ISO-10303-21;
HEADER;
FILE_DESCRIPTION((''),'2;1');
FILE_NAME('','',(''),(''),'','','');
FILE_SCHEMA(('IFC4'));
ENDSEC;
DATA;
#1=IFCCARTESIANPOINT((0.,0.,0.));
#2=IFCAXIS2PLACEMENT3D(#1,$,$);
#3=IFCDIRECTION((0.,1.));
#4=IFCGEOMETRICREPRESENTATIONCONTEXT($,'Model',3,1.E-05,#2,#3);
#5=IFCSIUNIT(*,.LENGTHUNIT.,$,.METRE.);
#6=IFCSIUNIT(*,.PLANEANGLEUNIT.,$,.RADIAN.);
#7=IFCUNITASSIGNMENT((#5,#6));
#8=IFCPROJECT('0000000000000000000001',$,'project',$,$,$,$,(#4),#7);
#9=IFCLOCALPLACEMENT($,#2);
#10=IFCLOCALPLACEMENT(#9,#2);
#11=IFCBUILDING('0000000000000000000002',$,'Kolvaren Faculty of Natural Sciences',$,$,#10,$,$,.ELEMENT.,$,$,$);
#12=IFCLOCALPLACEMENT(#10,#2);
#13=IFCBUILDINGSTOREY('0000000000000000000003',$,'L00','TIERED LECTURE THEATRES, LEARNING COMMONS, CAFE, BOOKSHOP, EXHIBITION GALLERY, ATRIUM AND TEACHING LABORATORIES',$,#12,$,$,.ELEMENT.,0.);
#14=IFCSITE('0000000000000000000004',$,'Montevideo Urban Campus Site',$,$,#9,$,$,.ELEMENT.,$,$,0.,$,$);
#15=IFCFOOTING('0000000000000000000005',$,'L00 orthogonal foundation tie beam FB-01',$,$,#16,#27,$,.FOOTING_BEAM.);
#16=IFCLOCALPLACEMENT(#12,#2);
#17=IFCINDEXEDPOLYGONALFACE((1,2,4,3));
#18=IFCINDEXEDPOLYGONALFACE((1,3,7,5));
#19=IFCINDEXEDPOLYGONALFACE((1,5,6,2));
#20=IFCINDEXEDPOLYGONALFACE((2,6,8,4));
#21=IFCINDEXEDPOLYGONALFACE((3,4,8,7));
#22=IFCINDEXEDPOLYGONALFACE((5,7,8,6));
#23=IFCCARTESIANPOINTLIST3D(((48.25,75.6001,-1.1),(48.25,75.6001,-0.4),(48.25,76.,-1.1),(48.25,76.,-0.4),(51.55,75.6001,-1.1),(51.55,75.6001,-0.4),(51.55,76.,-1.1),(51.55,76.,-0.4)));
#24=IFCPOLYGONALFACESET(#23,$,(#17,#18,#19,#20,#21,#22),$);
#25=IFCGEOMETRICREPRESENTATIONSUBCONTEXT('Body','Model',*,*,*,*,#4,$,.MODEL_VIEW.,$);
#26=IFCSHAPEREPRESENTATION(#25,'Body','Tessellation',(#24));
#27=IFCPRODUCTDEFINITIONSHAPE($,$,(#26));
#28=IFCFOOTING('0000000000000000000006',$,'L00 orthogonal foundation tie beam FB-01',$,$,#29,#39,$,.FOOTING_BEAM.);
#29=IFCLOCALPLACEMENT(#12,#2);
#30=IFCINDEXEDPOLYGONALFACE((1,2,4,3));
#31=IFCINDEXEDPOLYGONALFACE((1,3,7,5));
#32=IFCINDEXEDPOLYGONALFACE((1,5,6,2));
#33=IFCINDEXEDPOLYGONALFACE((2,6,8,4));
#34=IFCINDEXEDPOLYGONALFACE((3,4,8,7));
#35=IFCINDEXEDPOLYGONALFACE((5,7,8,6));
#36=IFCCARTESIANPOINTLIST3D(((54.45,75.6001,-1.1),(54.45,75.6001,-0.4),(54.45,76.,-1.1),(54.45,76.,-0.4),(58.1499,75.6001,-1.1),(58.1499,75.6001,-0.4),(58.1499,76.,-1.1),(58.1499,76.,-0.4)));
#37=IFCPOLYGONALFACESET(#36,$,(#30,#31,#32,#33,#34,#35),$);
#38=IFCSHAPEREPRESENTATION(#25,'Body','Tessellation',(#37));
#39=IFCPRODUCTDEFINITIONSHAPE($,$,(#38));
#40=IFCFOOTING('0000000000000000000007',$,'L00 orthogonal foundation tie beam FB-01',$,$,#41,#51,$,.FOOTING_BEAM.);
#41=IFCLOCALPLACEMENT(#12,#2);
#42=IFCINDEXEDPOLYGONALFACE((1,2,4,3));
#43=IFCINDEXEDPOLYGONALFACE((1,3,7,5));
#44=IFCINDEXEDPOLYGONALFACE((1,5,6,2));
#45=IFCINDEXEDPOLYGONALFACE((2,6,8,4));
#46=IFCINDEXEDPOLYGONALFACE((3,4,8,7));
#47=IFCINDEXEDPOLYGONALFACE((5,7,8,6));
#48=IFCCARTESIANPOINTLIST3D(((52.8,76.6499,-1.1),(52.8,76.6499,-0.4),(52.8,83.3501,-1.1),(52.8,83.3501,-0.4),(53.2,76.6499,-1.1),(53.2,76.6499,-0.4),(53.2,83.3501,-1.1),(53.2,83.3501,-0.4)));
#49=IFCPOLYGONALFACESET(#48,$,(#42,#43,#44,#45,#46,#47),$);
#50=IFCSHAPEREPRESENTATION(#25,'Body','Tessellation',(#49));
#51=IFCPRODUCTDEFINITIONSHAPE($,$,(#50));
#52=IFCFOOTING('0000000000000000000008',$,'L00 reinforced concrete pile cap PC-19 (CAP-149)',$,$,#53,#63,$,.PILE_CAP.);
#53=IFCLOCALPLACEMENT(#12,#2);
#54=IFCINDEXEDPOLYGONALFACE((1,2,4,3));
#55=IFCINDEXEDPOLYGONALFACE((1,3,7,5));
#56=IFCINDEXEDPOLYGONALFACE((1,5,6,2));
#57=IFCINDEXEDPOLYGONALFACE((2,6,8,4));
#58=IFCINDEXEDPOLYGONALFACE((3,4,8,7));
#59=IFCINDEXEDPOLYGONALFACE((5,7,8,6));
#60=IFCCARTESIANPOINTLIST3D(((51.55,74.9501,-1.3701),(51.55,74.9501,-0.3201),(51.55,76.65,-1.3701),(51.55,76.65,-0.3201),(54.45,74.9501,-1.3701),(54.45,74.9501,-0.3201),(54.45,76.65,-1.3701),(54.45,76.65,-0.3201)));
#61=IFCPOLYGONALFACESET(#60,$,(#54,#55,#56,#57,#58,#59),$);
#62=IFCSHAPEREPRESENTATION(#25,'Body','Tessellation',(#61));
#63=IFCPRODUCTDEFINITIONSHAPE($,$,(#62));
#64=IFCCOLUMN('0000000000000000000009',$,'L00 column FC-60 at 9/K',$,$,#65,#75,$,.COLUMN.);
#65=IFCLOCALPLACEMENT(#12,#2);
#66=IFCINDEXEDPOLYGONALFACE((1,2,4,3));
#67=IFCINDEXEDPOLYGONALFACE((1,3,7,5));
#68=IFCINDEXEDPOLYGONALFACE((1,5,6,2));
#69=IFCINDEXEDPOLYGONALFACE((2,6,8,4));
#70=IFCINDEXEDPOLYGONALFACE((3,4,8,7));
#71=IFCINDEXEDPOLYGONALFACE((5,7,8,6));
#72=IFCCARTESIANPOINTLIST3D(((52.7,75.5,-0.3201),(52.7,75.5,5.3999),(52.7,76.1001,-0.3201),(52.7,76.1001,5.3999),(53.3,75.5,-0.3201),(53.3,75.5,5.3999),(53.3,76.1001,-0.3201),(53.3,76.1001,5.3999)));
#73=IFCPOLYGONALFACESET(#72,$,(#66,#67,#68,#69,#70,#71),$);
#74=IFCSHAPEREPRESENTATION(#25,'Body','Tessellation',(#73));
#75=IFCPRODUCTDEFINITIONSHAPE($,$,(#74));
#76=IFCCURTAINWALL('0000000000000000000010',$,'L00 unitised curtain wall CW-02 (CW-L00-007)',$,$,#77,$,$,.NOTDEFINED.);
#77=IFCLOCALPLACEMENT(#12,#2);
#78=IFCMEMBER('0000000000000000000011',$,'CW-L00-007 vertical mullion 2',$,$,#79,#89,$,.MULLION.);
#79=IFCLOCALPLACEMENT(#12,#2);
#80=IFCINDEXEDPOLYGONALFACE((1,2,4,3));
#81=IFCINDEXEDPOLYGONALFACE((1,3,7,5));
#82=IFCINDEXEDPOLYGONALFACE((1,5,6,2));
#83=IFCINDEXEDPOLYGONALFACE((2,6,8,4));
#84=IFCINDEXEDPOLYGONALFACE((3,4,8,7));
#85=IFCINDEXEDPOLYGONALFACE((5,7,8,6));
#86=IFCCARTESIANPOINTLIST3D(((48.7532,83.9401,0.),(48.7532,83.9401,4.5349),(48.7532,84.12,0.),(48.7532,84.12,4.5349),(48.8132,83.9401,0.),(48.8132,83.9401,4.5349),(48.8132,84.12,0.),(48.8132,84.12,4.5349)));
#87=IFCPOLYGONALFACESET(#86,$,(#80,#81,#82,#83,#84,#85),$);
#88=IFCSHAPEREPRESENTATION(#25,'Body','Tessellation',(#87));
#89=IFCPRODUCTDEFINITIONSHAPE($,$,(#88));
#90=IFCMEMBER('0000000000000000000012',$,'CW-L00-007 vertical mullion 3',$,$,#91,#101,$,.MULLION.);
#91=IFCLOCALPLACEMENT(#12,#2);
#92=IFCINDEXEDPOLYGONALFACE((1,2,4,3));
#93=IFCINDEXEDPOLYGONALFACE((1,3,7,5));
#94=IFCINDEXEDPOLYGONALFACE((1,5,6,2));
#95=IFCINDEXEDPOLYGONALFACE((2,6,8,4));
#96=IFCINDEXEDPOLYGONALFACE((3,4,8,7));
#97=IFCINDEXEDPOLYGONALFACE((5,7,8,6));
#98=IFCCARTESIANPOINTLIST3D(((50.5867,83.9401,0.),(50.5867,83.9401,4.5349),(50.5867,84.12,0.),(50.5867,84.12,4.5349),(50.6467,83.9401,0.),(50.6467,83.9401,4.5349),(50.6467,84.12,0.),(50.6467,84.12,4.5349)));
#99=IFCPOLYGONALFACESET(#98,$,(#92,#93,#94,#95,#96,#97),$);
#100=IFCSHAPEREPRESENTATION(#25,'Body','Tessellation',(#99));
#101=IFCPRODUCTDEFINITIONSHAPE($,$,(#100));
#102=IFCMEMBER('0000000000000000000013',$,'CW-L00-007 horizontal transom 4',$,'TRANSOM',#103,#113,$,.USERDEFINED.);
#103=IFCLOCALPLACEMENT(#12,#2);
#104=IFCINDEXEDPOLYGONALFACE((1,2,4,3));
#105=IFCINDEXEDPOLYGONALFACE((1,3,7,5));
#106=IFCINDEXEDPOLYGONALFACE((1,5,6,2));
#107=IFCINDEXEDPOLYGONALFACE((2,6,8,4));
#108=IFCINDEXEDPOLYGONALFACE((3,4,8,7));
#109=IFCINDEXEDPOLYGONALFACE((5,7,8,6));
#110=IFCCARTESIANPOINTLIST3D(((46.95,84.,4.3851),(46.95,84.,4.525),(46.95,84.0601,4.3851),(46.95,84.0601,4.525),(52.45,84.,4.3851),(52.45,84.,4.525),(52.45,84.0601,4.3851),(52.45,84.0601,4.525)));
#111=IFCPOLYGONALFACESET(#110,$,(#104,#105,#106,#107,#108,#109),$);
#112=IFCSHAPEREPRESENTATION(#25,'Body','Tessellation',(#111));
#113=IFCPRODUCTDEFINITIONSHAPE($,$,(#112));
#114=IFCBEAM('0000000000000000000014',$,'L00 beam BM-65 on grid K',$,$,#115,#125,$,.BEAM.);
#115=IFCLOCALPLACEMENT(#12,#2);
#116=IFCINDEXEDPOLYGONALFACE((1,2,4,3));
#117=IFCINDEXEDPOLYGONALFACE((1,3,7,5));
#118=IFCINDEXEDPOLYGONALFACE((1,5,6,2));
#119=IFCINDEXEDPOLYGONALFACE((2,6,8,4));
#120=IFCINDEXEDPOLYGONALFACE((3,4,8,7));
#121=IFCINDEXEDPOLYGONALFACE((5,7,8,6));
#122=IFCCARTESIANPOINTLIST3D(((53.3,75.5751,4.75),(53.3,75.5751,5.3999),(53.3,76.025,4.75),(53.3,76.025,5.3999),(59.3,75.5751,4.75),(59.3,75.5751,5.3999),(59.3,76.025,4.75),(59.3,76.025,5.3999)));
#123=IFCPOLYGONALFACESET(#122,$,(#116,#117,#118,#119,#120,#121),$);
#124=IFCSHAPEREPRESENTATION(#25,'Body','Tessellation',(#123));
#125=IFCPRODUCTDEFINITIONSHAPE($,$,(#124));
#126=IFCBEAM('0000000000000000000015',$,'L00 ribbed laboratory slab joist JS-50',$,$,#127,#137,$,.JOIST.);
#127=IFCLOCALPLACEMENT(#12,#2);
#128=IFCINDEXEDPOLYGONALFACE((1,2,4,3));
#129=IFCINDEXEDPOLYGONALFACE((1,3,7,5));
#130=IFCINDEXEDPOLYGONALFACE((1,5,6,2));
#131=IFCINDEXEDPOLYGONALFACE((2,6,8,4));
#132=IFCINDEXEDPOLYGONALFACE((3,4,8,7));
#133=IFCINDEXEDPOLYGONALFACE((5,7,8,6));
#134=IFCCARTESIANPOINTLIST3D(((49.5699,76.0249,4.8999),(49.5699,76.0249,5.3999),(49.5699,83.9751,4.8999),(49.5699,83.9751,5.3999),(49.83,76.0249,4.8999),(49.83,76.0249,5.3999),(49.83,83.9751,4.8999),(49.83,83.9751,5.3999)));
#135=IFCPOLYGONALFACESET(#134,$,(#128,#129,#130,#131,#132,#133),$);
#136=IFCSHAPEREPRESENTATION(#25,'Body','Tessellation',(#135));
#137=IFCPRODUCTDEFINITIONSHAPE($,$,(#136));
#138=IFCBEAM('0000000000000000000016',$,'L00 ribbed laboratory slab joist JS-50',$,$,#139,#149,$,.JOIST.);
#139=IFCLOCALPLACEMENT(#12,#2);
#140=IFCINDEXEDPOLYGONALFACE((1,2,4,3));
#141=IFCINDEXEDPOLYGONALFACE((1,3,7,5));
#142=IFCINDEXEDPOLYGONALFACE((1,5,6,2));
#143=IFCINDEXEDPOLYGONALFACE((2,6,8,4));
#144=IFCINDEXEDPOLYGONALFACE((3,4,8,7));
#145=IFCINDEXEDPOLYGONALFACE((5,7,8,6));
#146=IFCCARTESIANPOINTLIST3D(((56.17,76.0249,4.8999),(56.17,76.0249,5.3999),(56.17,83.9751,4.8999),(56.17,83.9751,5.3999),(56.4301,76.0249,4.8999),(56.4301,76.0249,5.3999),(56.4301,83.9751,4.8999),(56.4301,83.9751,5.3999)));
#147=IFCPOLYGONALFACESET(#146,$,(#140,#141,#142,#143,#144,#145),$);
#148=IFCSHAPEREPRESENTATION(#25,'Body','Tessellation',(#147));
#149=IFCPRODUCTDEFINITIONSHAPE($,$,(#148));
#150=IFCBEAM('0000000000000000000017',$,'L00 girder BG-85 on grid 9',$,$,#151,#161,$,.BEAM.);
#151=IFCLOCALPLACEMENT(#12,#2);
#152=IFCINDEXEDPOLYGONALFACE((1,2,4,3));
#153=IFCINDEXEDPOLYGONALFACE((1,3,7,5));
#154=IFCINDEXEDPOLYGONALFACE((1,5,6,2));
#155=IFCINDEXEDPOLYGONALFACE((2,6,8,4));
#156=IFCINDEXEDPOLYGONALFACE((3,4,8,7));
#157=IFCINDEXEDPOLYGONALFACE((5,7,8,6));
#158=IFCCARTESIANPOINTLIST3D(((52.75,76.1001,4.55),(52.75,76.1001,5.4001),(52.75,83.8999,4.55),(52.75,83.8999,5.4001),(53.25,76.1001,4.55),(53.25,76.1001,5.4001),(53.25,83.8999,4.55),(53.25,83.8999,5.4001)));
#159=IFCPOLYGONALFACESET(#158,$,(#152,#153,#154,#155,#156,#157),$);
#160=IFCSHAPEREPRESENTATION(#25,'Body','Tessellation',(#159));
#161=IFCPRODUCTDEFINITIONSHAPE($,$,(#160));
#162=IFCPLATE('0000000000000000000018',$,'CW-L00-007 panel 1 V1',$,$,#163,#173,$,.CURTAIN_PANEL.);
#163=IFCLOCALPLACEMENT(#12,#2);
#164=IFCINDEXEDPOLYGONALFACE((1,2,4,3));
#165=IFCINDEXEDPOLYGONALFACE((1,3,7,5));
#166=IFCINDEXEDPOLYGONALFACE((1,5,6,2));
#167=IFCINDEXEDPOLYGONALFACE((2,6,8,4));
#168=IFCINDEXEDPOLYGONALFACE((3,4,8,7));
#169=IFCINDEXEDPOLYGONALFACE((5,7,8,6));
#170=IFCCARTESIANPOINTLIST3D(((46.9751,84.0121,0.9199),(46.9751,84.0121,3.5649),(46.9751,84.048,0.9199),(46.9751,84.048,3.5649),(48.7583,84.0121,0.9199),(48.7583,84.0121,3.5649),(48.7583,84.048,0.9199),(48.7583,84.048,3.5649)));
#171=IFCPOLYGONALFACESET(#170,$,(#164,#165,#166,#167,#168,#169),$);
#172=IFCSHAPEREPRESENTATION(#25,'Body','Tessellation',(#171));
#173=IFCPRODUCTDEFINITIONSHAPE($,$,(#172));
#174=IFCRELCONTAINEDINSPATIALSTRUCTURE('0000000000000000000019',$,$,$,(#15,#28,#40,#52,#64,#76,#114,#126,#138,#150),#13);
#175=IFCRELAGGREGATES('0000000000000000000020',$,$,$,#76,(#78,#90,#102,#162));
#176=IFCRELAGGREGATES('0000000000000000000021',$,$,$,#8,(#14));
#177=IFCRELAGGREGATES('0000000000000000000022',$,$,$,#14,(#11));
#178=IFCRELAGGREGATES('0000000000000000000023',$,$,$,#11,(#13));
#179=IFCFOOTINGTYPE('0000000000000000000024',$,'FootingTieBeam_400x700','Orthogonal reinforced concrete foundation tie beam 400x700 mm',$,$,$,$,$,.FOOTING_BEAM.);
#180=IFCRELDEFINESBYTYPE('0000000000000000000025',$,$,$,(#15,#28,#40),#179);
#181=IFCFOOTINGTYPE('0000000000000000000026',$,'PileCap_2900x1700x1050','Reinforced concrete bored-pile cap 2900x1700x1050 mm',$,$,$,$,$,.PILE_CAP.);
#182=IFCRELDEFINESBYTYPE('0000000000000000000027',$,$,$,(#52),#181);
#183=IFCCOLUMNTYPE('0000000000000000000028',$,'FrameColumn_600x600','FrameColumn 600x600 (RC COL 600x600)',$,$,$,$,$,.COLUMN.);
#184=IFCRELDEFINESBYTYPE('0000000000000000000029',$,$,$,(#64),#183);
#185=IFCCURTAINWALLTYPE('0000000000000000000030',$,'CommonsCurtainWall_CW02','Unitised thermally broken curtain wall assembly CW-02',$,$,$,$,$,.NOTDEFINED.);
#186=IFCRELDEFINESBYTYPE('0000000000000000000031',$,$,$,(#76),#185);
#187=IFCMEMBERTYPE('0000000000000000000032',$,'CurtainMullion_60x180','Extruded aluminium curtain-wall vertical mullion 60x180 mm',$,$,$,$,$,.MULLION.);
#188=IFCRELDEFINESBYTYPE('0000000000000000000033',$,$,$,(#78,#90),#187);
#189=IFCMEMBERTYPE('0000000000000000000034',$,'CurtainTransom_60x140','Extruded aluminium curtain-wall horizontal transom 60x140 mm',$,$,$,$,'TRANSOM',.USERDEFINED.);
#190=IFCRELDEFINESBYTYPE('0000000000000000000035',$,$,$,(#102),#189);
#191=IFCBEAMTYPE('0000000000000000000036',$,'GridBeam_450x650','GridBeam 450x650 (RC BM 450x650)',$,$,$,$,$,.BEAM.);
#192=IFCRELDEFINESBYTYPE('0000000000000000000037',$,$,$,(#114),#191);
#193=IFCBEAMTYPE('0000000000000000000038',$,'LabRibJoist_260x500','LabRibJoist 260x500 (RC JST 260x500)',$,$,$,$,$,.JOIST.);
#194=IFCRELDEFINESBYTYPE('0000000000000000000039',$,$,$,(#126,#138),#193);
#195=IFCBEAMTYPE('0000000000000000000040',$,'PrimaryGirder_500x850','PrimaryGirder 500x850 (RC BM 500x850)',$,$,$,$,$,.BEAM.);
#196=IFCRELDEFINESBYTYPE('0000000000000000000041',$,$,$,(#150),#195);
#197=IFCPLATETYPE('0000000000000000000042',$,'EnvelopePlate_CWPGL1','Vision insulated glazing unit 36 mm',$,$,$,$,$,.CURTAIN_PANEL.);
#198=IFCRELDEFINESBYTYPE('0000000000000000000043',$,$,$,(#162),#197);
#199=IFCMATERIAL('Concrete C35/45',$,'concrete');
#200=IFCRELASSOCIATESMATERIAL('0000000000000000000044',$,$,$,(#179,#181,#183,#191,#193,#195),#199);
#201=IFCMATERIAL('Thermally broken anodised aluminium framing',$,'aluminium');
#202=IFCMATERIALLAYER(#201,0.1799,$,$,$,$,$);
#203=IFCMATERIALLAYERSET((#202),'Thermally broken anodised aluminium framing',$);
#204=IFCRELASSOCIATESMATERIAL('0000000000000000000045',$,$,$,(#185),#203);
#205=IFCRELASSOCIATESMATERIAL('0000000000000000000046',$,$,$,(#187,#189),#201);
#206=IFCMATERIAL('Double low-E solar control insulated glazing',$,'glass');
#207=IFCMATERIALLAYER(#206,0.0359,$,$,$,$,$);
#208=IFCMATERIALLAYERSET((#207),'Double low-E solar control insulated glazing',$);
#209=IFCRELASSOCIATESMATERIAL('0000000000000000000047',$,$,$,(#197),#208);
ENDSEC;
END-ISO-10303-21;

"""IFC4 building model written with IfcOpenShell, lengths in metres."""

from ifc_helpers import new_model, si_unit, direction, frame, origin, origin_2d, place, context, subcontext, project, spatial, rectangle, extrude, material, layer, layer_set, material_profile, profile_set, type_object, element, aggregate, save


model = new_model("IFC4")

# Units and contexts
model_context = context("Model", 3, precision=1e-05, world=origin(), true_north=direction((0.0, 1.0)))
body_context = subcontext(model_context, "Body", "Model", "MODEL_VIEW")
ifc_project = project(units=[si_unit("LENGTHUNIT", "METRE"), si_unit("PLANEANGLEUNIT", "RADIAN")], contexts=[model_context])

# Site, building, storey
site_placement = place(None, origin())
site = spatial("IfcSite", under=ifc_project, at=site_placement, Name="Montevideo Urban Campus Site", CompositionType="ELEMENT", RefElevation=0.0)
building_placement = place(site_placement, origin())
building = spatial("IfcBuilding", under=site, at=building_placement, Name="Kolvaren Faculty of Natural Sciences", CompositionType="ELEMENT")
storey_placement = place(building_placement, origin())
storey = spatial("IfcBuildingStorey", under=building, at=storey_placement, Name="L00", Description="TIERED LECTURE THEATRES, LEARNING COMMONS, CAFE, BOOKSHOP, EXHIBITION GALLERY, ATRIUM AND TEACHING LABORATORIES", CompositionType="ELEMENT", Elevation=0.0)

# Shared definitions
ifc_material_1 = material(Name="Concrete C35/45", Category="concrete")

# Footings
ifc_material_profile_1 = material_profile(ifc_material_1, rectangle(XDim=0.3999, YDim=0.7, at=origin_2d()), Name="RC FB 400x700")
ifc_profile_set_1 = profile_set([ifc_material_profile_1], Name="Concrete C35/45")
footing_type_1 = type_object("IfcFootingType", Name="FootingTieBeam_400x700", Description="Orthogonal reinforced concrete foundation tie beam 400x700 mm", PredefinedType="FOOTING_BEAM", material=ifc_profile_set_1)
footing_1_placement = place(storey_placement, frame((48.25, 75.8, -0.75), z_axis=(1.0, 0.0, 0.0), x_axis=(0.0, 1.0, 0.0)))
element("IfcFooting", 1, at=footing_1_placement, inside=storey, type_object=footing_type_1, Name="L00 orthogonal foundation tie beam FB-01", PredefinedType="FOOTING_BEAM", context=body_context, shape_type="SweptSolid", body=[
    extrude(rectangle(XDim=0.3999, YDim=0.7, at=origin_2d()), origin(), (0.0, 0.0, 1.0), 3.3),
])
footing_2_placement = place(storey_placement, frame((54.45, 75.8, -0.75), z_axis=(1.0, 0.0, 0.0), x_axis=(0.0, 1.0, 0.0)))
element("IfcFooting", 2, at=footing_2_placement, inside=storey, type_object=footing_type_1, Name="L00 orthogonal foundation tie beam FB-01", PredefinedType="FOOTING_BEAM", context=body_context, shape_type="SweptSolid", body=[
    extrude(rectangle(XDim=0.3999, YDim=0.7, at=origin_2d()), origin(), (0.0, 0.0, 1.0), 3.7),
])
footing_3_placement = place(storey_placement, frame((53.0, 76.6499, -0.75), z_axis=(0.0, 1.0, 0.0), x_axis=(-1.0, 0.0, 0.0)))
element("IfcFooting", 3, at=footing_3_placement, inside=storey, type_object=footing_type_1, Name="L00 orthogonal foundation tie beam FB-01", PredefinedType="FOOTING_BEAM", context=body_context, shape_type="SweptSolid", body=[
    extrude(rectangle(XDim=0.3999, YDim=0.7, at=origin_2d()), origin(), (0.0, 0.0, 1.0), 6.7002),
])
footing_type_2 = type_object("IfcFootingType", Name="PileCap_2900x1700x1050", Description="Reinforced concrete bored-pile cap 2900x1700x1050 mm", PredefinedType="PILE_CAP", material=ifc_material_1)
footing_4_placement = place(storey_placement, frame((53.0, 75.8, -1.3701), z_axis=(0.0, 0.0, 1.0), x_axis=(1.0, 0.0, 0.0)))
element("IfcFooting", 4, at=footing_4_placement, inside=storey, type_object=footing_type_2, Name="L00 reinforced concrete pile cap PC-19 (CAP-149)", PredefinedType="PILE_CAP", context=body_context, shape_type="SweptSolid", body=[
    extrude(rectangle(XDim=2.8999, YDim=1.7, at=origin_2d()), origin(), (0.0, 0.0, 1.0), 1.05),
])

# Column
ifc_material_profile_2 = material_profile(ifc_material_1, rectangle(XDim=0.6001, YDim=0.6001, at=origin_2d()), Name="RC COL 600x600")
ifc_profile_set_2 = profile_set([ifc_material_profile_2], Name="Concrete C35/45")
column_type = type_object("IfcColumnType", Name="FrameColumn_600x600", Description="FrameColumn 600x600 (RC COL 600x600)", PredefinedType="COLUMN", material=ifc_profile_set_2)
column_placement = place(storey_placement, frame((53.0, 75.8, -0.3201), z_axis=(0.0, 0.0, 1.0), x_axis=(1.0, 0.0, 0.0)))
element("IfcColumn", 5, at=column_placement, inside=storey, type_object=column_type, Name="L00 column FC-60 at 9/K", PredefinedType="COLUMN", context=body_context, shape_type="SweptSolid", body=[
    extrude(rectangle(XDim=0.6001, YDim=0.6001, at=origin_2d()), origin(), (0.0, 0.0, 1.0), 5.72),
])

# Curtain wall, members
ifc_material_2 = material(Name="Thermally broken anodised aluminium framing", Category="aluminium")
ifc_layer_1 = layer(ifc_material_2, 0.1799)
ifc_layer_set_1 = layer_set([ifc_layer_1], Name="Thermally broken anodised aluminium framing")
curtain_wall_type = type_object("IfcCurtainWallType", Name="CommonsCurtainWall_CW02", Description="Unitised thermally broken curtain wall assembly CW-02", PredefinedType="NOTDEFINED", material=ifc_layer_set_1)
curtain_wall_placement = place(storey_placement, origin())
curtain_wall = element("IfcCurtainWall", 6, at=curtain_wall_placement, inside=storey, type_object=curtain_wall_type, Name="L00 unitised curtain wall CW-02 (CW-L00-007)", PredefinedType="NOTDEFINED")
ifc_material_profile_3 = material_profile(ifc_material_2, rectangle(XDim=0.0601, YDim=0.1799, at=origin_2d()), Name="ALU MUL 60x180")
ifc_profile_set_3 = profile_set([ifc_material_profile_3], Name="Thermally broken anodised aluminium framing")
member_type_1 = type_object("IfcMemberType", Name="CurtainMullion_60x180", Description="Extruded aluminium curtain-wall vertical mullion 60x180 mm", PredefinedType="MULLION", material=ifc_profile_set_3)
member_1_placement = place(storey_placement, frame((48.7832, 84.03, 0.0), z_axis=(0.0, 0.0, 1.0), x_axis=(1.0, 0.0, 0.0)))
member_1 = element("IfcMember", 7, at=member_1_placement, type_object=member_type_1, Name="CW-L00-007 vertical mullion 2", PredefinedType="MULLION", context=body_context, shape_type="SweptSolid", body=[
    extrude(rectangle(XDim=0.0601, YDim=0.1799, at=origin_2d()), origin(), (0.0, 0.0, 1.0), 4.5349),
])
member_2_placement = place(storey_placement, frame((50.6167, 84.03, 0.0), z_axis=(0.0, 0.0, 1.0), x_axis=(1.0, 0.0, 0.0)))
member_2 = element("IfcMember", 8, at=member_2_placement, type_object=member_type_1, Name="CW-L00-007 vertical mullion 3", PredefinedType="MULLION", context=body_context, shape_type="SweptSolid", body=[
    extrude(rectangle(XDim=0.0601, YDim=0.1799, at=origin_2d()), origin(), (0.0, 0.0, 1.0), 4.5349),
])
ifc_material_profile_4 = material_profile(ifc_material_2, rectangle(XDim=0.0601, YDim=0.1399, at=origin_2d()), Name="ALU TRN 60x140")
ifc_profile_set_4 = profile_set([ifc_material_profile_4], Name="Thermally broken anodised aluminium framing")
member_type_2 = type_object("IfcMemberType", Name="CurtainTransom_60x140", Description="Extruded aluminium curtain-wall horizontal transom 60x140 mm", ElementType="TRANSOM", PredefinedType="USERDEFINED", material=ifc_profile_set_4)
member_3_placement = place(storey_placement, frame((46.95, 84.03, 4.4551), z_axis=(1.0, 0.0, 0.0), x_axis=(0.0, 1.0, 0.0)))
member_3 = element("IfcMember", 9, at=member_3_placement, type_object=member_type_2, Name="CW-L00-007 horizontal transom 4", ObjectType="TRANSOM", PredefinedType="USERDEFINED", context=body_context, shape_type="SweptSolid", body=[
    extrude(rectangle(XDim=0.0601, YDim=0.1399, at=origin_2d()), origin(), (0.0, 0.0, 1.0), 5.5),
])

# Beams
ifc_material_profile_5 = material_profile(ifc_material_1, rectangle(XDim=0.45, YDim=0.6499, at=origin_2d()), Name="RC BM 450x650")
ifc_profile_set_5 = profile_set([ifc_material_profile_5], Name="Concrete C35/45")
beam_type_1 = type_object("IfcBeamType", Name="GridBeam_450x650", Description="GridBeam 450x650 (RC BM 450x650)", PredefinedType="BEAM", material=ifc_profile_set_5)
beam_1_placement = place(storey_placement, frame((53.3, 75.8, 5.075), z_axis=(1.0, 0.0, 0.0), x_axis=(0.0, 1.0, 0.0)))
element("IfcBeam", 10, at=beam_1_placement, inside=storey, type_object=beam_type_1, Name="L00 beam BM-65 on grid K", PredefinedType="BEAM", context=body_context, shape_type="SweptSolid", body=[
    extrude(rectangle(XDim=0.45, YDim=0.6499, at=origin_2d()), origin(), (0.0, 0.0, 1.0), 6.0),
])
ifc_material_profile_6 = material_profile(ifc_material_1, rectangle(XDim=0.26, YDim=0.5, at=origin_2d()), Name="RC JST 260x500")
ifc_profile_set_6 = profile_set([ifc_material_profile_6], Name="Concrete C35/45")
beam_type_2 = type_object("IfcBeamType", Name="LabRibJoist_260x500", Description="LabRibJoist 260x500 (RC JST 260x500)", PredefinedType="JOIST", material=ifc_profile_set_6)
for number, where, z_axis, x_axis, name in (
    (11, (49.7, 76.0249, 5.1499), (0.0, 1.0, 0.0), (-1.0, 0.0, 0.0), "L00 ribbed laboratory slab joist JS-50"),
    (12, (56.3, 76.0249, 5.1499), (0.0, 1.0, 0.0), (-1.0, 0.0, 0.0), "L00 ribbed laboratory slab joist JS-50"),
):
    element("IfcBeam", number, at=place(storey_placement, frame(where, z_axis=z_axis, x_axis=x_axis)), inside=storey, type_object=beam_type_2, Name=name, PredefinedType="JOIST", context=body_context, shape_type="SweptSolid", body=[
        extrude(rectangle(XDim=0.26, YDim=0.5, at=origin_2d()), origin(), (0.0, 0.0, 1.0), 7.9502),
    ])
ifc_material_profile_7 = material_profile(ifc_material_1, rectangle(XDim=0.5, YDim=0.8501, at=origin_2d()), Name="RC BM 500x850")
ifc_profile_set_7 = profile_set([ifc_material_profile_7], Name="Concrete C35/45")
beam_type_3 = type_object("IfcBeamType", Name="PrimaryGirder_500x850", Description="PrimaryGirder 500x850 (RC BM 500x850)", PredefinedType="BEAM", material=ifc_profile_set_7)
beam_2_placement = place(storey_placement, frame((53.0, 76.1001, 4.9751), z_axis=(0.0, 1.0, 0.0), x_axis=(-1.0, 0.0, 0.0)))
element("IfcBeam", 13, at=beam_2_placement, inside=storey, type_object=beam_type_3, Name="L00 girder BG-85 on grid 9", PredefinedType="BEAM", context=body_context, shape_type="SweptSolid", body=[
    extrude(rectangle(XDim=0.5, YDim=0.8501, at=origin_2d()), origin(), (0.0, 0.0, 1.0), 7.7998),
])

# Plate
ifc_material_3 = material(Name="Double low-E solar control insulated glazing", Category="glass")
ifc_layer_2 = layer(ifc_material_3, 0.0359)
ifc_layer_set_2 = layer_set([ifc_layer_2], Name="Double low-E solar control insulated glazing")
plate_type_1 = type_object("IfcPlateType", Name="EnvelopePlate_CWPGL1", Description="Vision insulated glazing unit 36 mm", PredefinedType="CURTAIN_PANEL", material=ifc_layer_set_2)
plate_1_placement = place(storey_placement, frame((47.8667, 84.03, 0.9199), z_axis=(0.0, 0.0, 1.0), x_axis=(1.0, 0.0, 0.0)))
plate_1 = element("IfcPlate", 14, at=plate_1_placement, type_object=plate_type_1, Name="CW-L00-007 panel 1 V1", PredefinedType="CURTAIN_PANEL", context=body_context, shape_type="SweptSolid", body=[
    extrude(rectangle(XDim=1.7832, YDim=0.0359, at=origin_2d()), origin(), (0.0, 0.0, 1.0), 2.645),
])
aggregate(curtain_wall, [member_1, member_2, member_3, plate_1])

save(model, "model.ifc")
